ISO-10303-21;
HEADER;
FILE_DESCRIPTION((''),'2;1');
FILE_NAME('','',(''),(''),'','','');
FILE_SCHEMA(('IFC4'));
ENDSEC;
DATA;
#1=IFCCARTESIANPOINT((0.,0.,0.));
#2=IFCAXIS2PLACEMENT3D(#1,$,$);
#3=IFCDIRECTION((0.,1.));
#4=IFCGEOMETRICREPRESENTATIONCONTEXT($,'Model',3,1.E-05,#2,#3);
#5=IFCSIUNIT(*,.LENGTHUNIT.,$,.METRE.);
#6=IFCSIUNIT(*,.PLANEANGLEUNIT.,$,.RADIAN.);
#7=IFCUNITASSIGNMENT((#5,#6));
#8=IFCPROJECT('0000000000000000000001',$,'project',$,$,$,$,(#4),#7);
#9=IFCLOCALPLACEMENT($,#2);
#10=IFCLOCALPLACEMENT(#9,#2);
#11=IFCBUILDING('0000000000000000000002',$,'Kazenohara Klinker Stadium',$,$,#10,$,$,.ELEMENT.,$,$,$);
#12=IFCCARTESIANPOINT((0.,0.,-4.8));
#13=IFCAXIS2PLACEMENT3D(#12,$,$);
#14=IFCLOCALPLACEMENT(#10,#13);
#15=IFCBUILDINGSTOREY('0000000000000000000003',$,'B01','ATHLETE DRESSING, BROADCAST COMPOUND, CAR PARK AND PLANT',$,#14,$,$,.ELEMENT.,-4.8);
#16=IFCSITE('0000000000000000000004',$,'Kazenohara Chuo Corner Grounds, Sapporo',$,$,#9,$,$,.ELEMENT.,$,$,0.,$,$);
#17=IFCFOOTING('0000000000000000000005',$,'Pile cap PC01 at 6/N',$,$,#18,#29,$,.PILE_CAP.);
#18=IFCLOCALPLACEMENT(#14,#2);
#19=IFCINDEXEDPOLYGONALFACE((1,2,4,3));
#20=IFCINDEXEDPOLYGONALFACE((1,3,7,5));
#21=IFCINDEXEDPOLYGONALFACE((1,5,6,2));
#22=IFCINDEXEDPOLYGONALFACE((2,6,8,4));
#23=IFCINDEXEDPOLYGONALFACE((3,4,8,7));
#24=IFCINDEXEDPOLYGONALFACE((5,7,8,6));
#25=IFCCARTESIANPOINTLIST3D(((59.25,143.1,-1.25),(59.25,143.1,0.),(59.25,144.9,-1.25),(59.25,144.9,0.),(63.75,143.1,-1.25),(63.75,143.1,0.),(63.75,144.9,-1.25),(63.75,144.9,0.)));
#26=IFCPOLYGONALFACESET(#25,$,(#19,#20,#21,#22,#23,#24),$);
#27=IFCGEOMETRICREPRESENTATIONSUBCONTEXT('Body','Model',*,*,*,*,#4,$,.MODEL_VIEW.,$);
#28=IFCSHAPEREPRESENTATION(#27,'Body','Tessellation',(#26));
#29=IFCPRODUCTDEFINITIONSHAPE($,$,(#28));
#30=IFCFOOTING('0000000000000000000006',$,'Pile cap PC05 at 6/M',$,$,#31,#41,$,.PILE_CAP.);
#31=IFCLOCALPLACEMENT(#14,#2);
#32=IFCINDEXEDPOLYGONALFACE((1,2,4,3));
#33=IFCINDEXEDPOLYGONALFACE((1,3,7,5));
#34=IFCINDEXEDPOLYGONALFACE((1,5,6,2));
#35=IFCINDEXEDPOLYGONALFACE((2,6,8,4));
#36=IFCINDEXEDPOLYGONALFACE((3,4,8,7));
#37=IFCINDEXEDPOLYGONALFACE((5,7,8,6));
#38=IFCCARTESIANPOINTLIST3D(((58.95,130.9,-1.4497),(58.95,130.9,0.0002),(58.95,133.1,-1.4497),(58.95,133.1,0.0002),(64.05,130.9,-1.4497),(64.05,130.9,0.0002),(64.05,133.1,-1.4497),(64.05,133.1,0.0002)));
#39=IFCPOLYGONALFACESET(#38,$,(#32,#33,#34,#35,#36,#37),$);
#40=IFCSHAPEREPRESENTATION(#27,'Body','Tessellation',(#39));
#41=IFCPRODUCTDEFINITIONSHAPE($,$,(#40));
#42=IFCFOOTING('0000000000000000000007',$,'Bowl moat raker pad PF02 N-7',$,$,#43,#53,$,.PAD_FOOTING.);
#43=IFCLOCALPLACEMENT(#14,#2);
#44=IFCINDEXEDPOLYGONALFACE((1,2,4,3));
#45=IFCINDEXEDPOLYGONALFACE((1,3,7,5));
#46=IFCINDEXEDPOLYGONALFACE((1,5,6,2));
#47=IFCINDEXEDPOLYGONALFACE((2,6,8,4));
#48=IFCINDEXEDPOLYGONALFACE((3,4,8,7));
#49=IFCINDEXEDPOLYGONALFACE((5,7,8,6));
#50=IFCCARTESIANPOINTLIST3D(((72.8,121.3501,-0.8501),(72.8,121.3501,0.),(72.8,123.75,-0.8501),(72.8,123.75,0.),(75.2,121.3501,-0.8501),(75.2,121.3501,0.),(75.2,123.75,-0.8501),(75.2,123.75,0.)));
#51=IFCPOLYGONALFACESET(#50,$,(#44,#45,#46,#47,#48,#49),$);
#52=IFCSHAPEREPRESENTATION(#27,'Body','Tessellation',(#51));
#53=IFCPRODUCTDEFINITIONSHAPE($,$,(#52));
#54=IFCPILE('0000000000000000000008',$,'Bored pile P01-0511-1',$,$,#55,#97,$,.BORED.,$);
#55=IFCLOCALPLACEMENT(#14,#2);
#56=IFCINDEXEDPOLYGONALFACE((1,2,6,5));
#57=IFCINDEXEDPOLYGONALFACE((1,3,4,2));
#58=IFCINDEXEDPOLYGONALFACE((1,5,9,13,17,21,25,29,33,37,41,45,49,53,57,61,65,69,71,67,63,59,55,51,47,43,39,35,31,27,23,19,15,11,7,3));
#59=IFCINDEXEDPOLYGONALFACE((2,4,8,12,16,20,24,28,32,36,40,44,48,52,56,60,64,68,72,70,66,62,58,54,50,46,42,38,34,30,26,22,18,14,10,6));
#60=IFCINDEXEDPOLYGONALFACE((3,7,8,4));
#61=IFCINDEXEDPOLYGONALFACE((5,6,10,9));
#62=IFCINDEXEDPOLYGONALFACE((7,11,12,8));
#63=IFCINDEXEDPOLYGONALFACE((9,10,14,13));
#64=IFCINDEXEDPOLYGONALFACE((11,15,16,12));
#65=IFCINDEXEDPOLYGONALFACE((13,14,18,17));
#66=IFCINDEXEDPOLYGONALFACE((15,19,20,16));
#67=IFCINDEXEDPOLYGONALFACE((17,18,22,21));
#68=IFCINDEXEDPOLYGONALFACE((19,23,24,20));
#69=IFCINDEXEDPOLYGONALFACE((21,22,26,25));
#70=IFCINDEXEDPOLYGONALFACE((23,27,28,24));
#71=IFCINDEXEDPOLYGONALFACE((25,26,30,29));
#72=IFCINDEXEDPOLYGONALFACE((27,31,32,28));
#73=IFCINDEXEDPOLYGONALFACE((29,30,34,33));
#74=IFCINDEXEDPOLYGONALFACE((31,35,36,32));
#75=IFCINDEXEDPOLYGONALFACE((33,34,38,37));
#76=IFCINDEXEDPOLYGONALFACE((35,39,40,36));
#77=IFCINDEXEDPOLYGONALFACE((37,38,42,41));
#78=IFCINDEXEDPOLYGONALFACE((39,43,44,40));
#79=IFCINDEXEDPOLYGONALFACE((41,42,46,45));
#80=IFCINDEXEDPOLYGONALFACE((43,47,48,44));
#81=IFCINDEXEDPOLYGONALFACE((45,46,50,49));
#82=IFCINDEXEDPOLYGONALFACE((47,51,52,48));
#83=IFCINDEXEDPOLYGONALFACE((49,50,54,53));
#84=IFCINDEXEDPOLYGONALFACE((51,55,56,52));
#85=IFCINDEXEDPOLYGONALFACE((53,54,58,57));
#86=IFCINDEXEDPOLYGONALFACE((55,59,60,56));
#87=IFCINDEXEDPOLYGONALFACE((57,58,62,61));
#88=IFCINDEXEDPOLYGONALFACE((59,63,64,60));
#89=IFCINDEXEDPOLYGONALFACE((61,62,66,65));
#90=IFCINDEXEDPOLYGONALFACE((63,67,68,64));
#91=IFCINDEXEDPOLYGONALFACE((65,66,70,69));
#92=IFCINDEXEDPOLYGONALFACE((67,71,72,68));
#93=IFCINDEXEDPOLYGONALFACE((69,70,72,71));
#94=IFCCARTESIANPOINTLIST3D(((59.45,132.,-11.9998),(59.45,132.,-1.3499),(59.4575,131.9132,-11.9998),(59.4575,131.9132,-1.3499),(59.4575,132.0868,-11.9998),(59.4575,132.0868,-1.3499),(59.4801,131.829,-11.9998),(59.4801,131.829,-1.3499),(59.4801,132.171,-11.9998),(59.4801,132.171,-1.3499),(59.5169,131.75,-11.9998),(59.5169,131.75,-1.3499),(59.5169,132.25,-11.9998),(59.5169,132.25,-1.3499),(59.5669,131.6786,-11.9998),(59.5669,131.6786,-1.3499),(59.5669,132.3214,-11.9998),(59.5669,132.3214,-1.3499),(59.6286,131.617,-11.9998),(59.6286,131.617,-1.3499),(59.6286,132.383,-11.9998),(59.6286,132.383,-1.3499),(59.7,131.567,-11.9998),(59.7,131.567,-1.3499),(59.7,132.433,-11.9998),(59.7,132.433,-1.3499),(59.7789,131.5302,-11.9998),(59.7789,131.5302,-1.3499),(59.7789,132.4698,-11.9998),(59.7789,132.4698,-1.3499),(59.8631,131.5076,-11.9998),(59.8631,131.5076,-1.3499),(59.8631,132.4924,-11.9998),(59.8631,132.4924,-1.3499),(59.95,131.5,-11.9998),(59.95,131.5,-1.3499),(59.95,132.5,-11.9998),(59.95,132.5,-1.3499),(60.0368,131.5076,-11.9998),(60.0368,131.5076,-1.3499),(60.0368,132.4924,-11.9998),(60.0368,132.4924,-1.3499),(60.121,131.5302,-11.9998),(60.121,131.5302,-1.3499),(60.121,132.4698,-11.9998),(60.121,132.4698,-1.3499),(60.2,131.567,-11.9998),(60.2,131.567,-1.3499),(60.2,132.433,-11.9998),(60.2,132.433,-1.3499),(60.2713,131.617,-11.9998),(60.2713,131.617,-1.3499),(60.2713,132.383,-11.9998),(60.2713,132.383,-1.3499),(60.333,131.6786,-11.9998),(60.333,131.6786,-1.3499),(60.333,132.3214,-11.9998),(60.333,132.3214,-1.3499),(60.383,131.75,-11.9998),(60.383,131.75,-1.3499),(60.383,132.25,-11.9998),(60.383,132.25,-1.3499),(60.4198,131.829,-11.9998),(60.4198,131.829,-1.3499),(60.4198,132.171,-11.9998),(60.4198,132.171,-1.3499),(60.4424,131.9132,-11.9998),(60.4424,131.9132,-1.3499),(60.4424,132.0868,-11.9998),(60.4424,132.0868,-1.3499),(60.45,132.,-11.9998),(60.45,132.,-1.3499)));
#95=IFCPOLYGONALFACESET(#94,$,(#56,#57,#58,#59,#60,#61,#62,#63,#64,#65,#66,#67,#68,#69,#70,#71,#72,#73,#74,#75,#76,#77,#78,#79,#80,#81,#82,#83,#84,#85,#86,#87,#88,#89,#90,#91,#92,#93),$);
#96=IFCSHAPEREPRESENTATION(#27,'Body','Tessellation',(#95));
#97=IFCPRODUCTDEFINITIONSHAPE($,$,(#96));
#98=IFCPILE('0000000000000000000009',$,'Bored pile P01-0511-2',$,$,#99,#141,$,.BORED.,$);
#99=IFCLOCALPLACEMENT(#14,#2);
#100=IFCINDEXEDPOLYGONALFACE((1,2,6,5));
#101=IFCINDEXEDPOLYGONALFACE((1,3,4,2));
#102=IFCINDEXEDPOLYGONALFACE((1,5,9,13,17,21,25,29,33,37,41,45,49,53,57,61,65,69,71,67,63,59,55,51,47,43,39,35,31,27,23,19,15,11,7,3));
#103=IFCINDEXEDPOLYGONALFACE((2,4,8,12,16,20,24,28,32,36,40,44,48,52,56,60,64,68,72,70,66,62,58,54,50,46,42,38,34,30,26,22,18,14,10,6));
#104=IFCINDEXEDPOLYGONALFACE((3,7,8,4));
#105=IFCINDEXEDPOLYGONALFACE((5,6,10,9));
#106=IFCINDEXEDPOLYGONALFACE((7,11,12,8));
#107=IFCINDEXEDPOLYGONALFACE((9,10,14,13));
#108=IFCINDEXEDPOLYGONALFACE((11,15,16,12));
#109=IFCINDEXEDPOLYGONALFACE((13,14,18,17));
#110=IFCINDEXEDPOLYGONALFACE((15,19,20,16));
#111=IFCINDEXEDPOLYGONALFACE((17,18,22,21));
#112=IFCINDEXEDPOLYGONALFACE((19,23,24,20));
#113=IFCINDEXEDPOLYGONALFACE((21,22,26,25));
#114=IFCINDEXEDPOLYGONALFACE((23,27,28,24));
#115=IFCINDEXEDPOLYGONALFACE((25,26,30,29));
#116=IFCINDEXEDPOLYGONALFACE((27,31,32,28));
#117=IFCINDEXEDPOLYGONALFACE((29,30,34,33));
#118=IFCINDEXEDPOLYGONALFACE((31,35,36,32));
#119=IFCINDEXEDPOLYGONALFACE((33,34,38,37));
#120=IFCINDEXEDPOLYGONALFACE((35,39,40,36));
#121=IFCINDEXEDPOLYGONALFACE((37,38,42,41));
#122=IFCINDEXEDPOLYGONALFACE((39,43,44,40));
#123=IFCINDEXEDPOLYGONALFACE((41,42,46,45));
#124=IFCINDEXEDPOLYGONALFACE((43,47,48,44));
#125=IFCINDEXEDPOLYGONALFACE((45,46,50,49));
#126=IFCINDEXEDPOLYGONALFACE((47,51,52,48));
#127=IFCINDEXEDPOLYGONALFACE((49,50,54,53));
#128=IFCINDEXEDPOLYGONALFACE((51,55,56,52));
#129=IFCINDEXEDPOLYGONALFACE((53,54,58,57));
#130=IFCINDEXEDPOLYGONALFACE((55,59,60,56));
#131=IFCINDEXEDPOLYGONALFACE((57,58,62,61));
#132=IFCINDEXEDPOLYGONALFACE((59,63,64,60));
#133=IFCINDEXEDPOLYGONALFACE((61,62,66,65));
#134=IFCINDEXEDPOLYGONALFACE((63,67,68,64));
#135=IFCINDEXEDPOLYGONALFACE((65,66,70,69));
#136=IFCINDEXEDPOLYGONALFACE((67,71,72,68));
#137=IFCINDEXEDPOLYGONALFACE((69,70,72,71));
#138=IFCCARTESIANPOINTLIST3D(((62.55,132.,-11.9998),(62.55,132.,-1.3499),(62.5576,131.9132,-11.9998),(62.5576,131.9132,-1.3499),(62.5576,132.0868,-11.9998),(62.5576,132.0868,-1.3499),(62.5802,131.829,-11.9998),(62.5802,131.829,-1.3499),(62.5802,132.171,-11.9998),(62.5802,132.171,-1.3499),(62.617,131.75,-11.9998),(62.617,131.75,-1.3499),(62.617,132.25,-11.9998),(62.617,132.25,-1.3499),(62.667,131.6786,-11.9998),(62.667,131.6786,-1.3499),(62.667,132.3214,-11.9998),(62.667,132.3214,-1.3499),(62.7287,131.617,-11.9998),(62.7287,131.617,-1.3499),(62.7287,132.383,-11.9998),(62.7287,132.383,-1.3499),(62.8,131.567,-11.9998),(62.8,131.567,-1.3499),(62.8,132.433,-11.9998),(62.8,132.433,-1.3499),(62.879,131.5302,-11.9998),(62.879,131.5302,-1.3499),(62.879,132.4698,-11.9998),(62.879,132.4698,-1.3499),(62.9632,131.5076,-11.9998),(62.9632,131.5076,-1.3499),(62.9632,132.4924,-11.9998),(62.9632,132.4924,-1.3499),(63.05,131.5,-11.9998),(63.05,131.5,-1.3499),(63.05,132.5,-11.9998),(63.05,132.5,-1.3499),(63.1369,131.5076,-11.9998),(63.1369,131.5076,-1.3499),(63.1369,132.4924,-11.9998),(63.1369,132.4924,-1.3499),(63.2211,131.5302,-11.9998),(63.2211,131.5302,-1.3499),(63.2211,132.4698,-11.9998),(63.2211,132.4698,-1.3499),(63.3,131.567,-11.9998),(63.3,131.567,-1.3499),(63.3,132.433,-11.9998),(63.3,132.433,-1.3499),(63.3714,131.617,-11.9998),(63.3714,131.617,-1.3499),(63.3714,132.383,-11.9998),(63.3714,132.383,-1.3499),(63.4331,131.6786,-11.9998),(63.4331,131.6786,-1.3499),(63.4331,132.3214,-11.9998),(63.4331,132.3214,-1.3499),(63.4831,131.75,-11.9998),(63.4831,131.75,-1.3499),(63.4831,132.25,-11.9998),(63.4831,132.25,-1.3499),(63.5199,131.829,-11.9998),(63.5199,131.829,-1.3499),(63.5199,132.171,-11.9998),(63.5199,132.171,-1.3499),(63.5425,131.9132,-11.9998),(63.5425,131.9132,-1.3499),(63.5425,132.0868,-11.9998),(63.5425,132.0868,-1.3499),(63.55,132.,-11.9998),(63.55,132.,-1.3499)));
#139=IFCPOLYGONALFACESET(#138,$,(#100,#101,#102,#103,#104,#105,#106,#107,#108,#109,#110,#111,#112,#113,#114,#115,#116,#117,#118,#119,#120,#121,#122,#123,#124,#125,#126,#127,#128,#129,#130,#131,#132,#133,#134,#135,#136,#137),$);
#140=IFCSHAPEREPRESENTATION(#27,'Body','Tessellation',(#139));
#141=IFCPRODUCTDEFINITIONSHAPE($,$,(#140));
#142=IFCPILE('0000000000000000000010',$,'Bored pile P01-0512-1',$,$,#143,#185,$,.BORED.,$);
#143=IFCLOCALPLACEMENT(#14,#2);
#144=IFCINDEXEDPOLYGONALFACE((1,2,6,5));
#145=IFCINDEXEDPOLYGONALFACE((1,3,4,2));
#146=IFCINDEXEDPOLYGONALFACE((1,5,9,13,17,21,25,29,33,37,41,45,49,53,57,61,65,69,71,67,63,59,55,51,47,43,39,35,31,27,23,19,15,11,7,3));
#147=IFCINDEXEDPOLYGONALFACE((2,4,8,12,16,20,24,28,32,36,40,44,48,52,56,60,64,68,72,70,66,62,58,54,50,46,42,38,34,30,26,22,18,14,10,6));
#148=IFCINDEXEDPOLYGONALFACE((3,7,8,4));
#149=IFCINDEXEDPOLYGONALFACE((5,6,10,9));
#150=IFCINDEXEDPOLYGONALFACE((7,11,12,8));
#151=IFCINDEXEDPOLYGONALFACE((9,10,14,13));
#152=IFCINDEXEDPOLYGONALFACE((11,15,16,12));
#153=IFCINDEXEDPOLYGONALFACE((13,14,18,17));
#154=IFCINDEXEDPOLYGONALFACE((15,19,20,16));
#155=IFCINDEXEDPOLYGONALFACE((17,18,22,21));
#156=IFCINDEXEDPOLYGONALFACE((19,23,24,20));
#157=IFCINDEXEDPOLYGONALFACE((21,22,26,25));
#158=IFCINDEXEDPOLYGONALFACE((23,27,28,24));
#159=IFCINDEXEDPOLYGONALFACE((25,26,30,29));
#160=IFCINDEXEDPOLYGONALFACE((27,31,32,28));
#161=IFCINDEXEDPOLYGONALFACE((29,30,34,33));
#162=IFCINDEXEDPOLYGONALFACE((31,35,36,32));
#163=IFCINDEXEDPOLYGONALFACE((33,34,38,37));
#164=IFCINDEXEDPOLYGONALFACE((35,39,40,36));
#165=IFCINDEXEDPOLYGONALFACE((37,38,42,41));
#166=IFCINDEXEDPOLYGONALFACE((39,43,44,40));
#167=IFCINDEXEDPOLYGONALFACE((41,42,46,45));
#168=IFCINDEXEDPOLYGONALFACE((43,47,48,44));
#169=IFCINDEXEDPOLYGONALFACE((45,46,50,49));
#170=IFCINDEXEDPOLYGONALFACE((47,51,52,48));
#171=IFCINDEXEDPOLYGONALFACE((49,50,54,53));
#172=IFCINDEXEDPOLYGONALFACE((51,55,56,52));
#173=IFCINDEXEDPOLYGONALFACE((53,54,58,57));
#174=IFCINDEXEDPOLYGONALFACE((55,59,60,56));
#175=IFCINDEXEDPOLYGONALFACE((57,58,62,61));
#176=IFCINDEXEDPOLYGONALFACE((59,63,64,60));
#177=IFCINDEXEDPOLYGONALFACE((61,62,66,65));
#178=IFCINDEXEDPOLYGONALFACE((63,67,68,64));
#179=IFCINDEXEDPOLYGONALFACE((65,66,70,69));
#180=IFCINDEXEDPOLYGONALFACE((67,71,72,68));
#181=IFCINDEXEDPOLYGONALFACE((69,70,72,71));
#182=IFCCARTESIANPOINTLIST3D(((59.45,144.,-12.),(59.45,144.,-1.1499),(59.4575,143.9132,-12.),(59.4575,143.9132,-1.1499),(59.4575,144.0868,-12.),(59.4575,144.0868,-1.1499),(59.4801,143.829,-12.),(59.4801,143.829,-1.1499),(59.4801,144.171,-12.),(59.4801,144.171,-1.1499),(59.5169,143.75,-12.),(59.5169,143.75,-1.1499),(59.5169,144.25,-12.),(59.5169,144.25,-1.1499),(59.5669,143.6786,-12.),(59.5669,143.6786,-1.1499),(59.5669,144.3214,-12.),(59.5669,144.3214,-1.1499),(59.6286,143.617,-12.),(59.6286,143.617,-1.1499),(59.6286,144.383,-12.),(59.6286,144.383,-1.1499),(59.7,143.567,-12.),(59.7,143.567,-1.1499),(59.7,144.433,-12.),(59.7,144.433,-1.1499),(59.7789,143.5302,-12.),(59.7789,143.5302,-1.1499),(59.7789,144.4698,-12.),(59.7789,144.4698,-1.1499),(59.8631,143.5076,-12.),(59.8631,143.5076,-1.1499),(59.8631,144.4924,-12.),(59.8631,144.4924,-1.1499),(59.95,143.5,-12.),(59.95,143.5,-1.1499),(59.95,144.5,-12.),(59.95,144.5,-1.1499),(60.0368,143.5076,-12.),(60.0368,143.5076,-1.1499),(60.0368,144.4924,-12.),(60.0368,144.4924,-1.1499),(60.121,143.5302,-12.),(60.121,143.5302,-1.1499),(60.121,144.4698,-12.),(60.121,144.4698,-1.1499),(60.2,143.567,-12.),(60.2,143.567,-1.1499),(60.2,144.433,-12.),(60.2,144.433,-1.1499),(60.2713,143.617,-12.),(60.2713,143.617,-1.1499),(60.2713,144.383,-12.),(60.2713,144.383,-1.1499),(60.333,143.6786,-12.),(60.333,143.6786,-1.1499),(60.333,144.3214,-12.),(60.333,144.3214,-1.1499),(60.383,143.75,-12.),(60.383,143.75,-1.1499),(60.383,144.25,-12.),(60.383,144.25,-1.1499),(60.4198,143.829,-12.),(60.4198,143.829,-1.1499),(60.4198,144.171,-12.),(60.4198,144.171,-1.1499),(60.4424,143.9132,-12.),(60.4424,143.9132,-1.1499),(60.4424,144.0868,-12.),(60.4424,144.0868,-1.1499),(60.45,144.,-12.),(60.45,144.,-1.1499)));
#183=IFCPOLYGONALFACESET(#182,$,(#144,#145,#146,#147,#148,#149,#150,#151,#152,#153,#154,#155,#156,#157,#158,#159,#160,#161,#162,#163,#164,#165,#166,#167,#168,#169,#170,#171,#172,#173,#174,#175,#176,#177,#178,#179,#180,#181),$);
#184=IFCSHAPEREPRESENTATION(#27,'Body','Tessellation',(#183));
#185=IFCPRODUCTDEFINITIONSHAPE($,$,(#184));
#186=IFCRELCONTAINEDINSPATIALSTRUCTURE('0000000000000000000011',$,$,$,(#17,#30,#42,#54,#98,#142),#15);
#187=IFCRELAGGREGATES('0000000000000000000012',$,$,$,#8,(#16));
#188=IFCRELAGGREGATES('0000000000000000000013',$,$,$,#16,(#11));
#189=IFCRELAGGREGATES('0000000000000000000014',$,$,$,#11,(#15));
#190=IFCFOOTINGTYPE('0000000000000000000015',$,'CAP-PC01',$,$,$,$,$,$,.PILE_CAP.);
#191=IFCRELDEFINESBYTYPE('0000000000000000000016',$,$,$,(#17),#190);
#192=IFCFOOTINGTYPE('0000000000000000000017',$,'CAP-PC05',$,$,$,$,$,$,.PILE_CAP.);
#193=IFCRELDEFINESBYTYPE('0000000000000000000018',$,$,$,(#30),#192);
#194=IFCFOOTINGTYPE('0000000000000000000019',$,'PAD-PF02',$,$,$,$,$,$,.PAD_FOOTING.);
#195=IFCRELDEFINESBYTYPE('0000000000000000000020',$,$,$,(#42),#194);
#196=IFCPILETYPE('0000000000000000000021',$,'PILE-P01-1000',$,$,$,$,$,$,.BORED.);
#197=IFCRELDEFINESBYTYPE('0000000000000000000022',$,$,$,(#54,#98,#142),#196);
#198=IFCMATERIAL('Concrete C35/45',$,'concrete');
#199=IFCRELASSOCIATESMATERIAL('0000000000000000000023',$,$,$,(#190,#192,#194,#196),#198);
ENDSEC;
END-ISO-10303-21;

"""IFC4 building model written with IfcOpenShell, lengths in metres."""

from ifc_helpers import new_model, si_unit, direction, frame, origin, origin_2d, place, context, subcontext, project, spatial, rectangle, circle, extrude, material, material_profile, profile_set, type_object, element, save


model = new_model("IFC4")

# Units and contexts
model_context = context("Model", 3, precision=1e-05, world=origin(), true_north=direction((0.0, 1.0)))
body_context = subcontext(model_context, "Body", "Model", "MODEL_VIEW")
ifc_project = project(units=[si_unit("LENGTHUNIT", "METRE"), si_unit("PLANEANGLEUNIT", "RADIAN")], contexts=[model_context])

# Site, building, storey
site_placement = place(None, origin())
site = spatial("IfcSite", under=ifc_project, at=site_placement, Name="Kazenohara Chuo Corner Grounds, Sapporo", CompositionType="ELEMENT", RefElevation=0.0)
building_placement = place(site_placement, origin())
building = spatial("IfcBuilding", under=site, at=building_placement, Name="Kazenohara Klinker Stadium", CompositionType="ELEMENT")
storey_placement = place(building_placement, frame((0.0, 0.0, -4.8)))
storey = spatial("IfcBuildingStorey", under=building, at=storey_placement, Name="B01", Description="ATHLETE DRESSING, BROADCAST COMPOUND, CAR PARK AND PLANT", CompositionType="ELEMENT", Elevation=-4.8)

# Footings
ifc_material_1 = material(Name="Concrete C35/45", Category="concrete")
footing_type_1 = type_object("IfcFootingType", Name="CAP-PC01", PredefinedType="PILE_CAP", material=ifc_material_1)
footing_1_placement = place(storey_placement, frame((61.5, 144.0, -1.25), z_axis=(0.0, 0.0, 1.0), x_axis=(1.0, 0.0, 0.0)))
element("IfcFooting", 1, at=footing_1_placement, inside=storey, type_object=footing_type_1, Name="Pile cap PC01 at 6/N", PredefinedType="PILE_CAP", context=body_context, shape_type="SweptSolid", body=[
    extrude(rectangle(XDim=4.5, YDim=1.8, at=origin_2d()), origin(), (0.0, 0.0, 1.0), 1.25),
])
footing_type_2 = type_object("IfcFootingType", Name="CAP-PC05", PredefinedType="PILE_CAP", material=ifc_material_1)
footing_2_placement = place(storey_placement, frame((61.5, 132.0, -1.4497), z_axis=(0.0, 0.0, 1.0), x_axis=(1.0, 0.0, 0.0)))
element("IfcFooting", 2, at=footing_2_placement, inside=storey, type_object=footing_type_2, Name="Pile cap PC05 at 6/M", PredefinedType="PILE_CAP", context=body_context, shape_type="SweptSolid", body=[
    extrude(rectangle(XDim=5.1001, YDim=2.2, at=origin_2d()), origin(), (0.0, 0.0, 1.0), 1.45),
])
footing_type_3 = type_object("IfcFootingType", Name="PAD-PF02", PredefinedType="PAD_FOOTING", material=ifc_material_1)
footing_3_placement = place(storey_placement, frame((74.0, 122.55, -0.8501), z_axis=(0.0, 0.0, 1.0), x_axis=(1.0, 0.0, 0.0)))
element("IfcFooting", 3, at=footing_3_placement, inside=storey, type_object=footing_type_3, Name="Bowl moat raker pad PF02 N-7", PredefinedType="PAD_FOOTING", context=body_context, shape_type="SweptSolid", body=[
    extrude(rectangle(XDim=2.3999, YDim=2.3999, at=origin_2d()), origin(), (0.0, 0.0, 1.0), 0.8501),
])

# Piles
ifc_material_profile_1 = material_profile(ifc_material_1, circle(Radius=0.5, at=origin_2d()), Name="BORED-PILE-1000")
ifc_profile_set_1 = profile_set([ifc_material_profile_1], Name="Concrete C35/45")
pile_type = type_object("IfcPileType", Name="PILE-P01-1000", PredefinedType="BORED", material=ifc_profile_set_1)
for number, where, z_axis, x_axis, name in (
    (4, (59.95, 132.0, -1.3499), (0.0, 0.0, -1.0), (1.0, 0.0, 0.0), "Bored pile P01-0511-1"),
    (5, (63.05, 132.0, -1.3499), (0.0, 0.0, -1.0), (1.0, 0.0, 0.0), "Bored pile P01-0511-2"),
):
    element("IfcPile", number, at=place(storey_placement, frame(where, z_axis=z_axis, x_axis=x_axis)), inside=storey, type_object=pile_type, Name=name, PredefinedType="BORED", context=body_context, shape_type="SweptSolid", body=[
        extrude(circle(Radius=0.5, at=origin_2d()), origin(), (0.0, 0.0, 1.0), 10.6499),
    ])
for number, where, z_axis, x_axis, name in (
    (6, (59.95, 144.0, -1.1499), (0.0, 0.0, -1.0), (1.0, 0.0, 0.0), "Bored pile P01-0512-1"),
):
    element("IfcPile", number, at=place(storey_placement, frame(where, z_axis=z_axis, x_axis=x_axis)), inside=storey, type_object=pile_type, Name=name, PredefinedType="BORED", context=body_context, shape_type="SweptSolid", body=[
        extrude(circle(Radius=0.5, at=origin_2d()), origin(), (0.0, 0.0, 1.0), 10.8501),
    ])

save(model, "model.ifc")
